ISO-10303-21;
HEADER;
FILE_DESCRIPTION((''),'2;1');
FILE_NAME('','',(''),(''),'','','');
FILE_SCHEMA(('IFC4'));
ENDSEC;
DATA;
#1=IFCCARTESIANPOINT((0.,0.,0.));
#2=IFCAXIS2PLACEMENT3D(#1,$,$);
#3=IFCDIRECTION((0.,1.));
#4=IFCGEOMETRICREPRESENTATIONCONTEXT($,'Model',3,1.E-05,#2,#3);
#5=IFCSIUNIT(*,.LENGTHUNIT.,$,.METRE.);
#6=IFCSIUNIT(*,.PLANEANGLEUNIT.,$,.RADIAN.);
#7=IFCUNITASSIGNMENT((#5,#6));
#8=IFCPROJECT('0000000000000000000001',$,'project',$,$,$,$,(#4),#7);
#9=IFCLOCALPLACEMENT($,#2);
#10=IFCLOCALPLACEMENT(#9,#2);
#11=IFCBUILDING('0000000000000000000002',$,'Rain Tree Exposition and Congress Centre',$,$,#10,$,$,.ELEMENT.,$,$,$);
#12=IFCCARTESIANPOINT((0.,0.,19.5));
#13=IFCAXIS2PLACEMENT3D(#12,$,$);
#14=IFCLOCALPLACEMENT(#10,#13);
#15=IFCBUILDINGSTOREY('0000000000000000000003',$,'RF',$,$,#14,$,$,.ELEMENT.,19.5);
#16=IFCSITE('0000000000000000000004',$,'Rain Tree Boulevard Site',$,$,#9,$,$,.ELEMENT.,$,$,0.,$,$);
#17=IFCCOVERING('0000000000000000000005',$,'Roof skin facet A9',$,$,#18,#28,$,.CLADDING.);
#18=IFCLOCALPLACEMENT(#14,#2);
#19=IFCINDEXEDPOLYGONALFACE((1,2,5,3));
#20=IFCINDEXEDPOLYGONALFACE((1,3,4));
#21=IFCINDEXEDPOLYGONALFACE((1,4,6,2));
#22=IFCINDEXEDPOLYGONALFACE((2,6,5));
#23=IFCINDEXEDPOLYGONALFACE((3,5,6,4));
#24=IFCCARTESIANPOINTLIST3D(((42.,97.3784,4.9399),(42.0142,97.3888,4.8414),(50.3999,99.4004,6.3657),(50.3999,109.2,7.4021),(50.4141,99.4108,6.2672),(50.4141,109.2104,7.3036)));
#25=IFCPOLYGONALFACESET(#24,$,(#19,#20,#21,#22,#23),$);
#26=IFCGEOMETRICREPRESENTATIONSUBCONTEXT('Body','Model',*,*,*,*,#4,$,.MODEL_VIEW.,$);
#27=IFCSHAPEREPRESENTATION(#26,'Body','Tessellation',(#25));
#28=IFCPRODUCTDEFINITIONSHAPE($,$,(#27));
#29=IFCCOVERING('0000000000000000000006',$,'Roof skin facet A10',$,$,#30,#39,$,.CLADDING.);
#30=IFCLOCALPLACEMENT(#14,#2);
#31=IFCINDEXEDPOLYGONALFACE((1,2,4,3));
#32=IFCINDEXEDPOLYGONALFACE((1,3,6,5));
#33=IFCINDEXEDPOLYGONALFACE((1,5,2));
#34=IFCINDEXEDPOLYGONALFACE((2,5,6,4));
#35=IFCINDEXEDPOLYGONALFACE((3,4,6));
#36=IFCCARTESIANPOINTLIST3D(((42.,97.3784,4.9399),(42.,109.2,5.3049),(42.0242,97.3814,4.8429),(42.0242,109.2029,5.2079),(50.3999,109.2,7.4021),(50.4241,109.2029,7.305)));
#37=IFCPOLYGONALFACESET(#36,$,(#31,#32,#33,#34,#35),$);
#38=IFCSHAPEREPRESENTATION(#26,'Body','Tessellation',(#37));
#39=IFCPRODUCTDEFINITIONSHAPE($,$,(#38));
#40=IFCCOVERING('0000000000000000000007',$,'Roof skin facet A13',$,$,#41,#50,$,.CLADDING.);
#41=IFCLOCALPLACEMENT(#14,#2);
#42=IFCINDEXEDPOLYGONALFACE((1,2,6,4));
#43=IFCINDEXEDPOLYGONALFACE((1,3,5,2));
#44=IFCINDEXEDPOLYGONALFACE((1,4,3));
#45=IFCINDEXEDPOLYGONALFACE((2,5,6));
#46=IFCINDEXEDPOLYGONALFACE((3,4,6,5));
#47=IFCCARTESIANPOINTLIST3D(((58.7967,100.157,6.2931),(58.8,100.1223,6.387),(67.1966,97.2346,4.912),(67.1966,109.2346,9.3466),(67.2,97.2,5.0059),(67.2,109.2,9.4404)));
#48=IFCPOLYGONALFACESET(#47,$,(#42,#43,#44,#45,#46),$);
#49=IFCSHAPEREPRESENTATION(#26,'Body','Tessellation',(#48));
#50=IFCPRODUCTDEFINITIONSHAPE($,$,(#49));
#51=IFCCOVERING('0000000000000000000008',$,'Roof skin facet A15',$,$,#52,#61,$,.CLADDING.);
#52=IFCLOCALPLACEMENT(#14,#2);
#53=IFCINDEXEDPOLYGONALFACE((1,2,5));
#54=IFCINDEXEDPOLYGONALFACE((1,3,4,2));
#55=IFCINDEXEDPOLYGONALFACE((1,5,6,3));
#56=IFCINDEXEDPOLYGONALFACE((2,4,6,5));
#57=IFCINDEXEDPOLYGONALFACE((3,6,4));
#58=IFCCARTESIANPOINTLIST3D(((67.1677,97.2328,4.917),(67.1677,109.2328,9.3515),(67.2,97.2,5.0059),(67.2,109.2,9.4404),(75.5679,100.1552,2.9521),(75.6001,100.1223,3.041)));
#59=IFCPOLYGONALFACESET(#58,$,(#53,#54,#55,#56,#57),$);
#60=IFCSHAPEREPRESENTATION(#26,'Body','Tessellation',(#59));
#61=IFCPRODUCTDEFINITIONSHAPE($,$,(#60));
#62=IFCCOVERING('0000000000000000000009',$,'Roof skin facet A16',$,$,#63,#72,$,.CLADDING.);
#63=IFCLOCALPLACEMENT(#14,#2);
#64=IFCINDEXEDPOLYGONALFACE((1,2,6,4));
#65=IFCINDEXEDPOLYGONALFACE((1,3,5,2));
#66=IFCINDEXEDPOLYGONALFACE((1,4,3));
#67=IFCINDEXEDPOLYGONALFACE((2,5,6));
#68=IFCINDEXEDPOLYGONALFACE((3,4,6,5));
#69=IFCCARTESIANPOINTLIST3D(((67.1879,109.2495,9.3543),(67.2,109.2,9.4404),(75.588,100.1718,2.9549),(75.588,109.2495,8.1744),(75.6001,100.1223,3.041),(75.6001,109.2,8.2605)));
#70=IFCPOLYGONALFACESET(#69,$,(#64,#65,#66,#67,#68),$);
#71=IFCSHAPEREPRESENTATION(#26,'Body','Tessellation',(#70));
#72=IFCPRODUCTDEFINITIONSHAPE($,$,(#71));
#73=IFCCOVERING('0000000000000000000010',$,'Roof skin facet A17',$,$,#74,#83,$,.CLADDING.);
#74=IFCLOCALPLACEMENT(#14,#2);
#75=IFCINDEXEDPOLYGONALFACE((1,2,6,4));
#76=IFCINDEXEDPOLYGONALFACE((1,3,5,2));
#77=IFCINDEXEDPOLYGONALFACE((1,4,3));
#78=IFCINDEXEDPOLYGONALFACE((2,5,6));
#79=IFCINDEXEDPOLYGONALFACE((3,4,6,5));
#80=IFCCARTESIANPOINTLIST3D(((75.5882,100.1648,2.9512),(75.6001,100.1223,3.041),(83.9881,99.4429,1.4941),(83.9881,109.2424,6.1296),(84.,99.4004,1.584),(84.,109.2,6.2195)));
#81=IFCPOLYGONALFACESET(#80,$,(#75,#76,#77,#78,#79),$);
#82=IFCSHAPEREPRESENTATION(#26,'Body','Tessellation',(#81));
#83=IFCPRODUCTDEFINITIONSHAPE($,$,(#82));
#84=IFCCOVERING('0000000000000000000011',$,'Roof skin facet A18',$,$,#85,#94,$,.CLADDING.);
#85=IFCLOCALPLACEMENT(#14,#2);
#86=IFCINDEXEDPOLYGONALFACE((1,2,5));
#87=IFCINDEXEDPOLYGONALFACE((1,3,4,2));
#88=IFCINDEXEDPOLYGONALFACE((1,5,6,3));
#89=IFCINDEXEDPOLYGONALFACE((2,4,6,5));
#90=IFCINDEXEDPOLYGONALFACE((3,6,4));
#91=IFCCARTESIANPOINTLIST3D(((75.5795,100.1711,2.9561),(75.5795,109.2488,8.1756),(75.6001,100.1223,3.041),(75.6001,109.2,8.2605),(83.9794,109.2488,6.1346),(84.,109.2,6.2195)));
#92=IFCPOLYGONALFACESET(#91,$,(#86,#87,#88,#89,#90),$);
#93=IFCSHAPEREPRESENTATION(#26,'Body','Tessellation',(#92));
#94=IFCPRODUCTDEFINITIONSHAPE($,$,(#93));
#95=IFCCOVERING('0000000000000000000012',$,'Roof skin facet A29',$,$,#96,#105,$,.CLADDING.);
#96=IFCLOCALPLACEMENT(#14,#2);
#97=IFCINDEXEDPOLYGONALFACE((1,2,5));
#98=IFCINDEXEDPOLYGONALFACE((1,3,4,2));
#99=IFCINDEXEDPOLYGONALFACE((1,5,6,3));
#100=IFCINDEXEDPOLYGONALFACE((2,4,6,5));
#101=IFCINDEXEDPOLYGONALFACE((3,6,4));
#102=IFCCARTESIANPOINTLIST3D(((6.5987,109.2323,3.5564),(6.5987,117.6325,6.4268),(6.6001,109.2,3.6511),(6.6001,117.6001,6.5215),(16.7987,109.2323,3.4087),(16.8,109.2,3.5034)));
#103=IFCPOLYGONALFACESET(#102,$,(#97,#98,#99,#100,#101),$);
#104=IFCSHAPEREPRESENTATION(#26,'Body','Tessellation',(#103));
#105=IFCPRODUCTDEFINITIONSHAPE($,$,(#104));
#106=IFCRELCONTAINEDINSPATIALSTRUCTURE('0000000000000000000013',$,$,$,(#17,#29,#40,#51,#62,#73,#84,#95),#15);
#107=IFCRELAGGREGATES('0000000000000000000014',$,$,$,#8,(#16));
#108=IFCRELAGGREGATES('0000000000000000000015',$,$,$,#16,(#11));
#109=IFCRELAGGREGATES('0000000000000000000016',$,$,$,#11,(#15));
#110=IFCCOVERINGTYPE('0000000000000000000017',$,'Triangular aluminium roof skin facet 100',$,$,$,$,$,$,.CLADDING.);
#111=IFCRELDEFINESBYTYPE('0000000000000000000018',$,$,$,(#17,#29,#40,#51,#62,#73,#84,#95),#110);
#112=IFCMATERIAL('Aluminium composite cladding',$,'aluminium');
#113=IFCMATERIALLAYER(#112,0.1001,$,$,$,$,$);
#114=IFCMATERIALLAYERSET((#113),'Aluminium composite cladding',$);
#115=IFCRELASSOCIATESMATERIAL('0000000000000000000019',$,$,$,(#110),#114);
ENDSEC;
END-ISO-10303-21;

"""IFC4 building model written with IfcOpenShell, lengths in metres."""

from ifc_helpers import new_model, si_unit, direction, frame, origin, place, context, subcontext, project, spatial, polyline, outline, extrude, material, layer, layer_set, type_object, element, save


model = new_model("IFC4")

# Units and contexts
model_context = context("Model", 3, precision=1e-05, world=origin(), true_north=direction((0.0, 1.0)))
body_context = subcontext(model_context, "Body", "Model", "MODEL_VIEW")
ifc_project = project(units=[si_unit("LENGTHUNIT", "METRE"), si_unit("PLANEANGLEUNIT", "RADIAN")], contexts=[model_context])

# Site, building, storey
site_placement = place(None, origin())
site = spatial("IfcSite", under=ifc_project, at=site_placement, Name="Rain Tree Boulevard Site", CompositionType="ELEMENT", RefElevation=0.0)
building_placement = place(site_placement, origin())
building = spatial("IfcBuilding", under=site, at=building_placement, Name="Rain Tree Exposition and Congress Centre", CompositionType="ELEMENT")
storey_placement = place(building_placement, frame((0.0, 0.0, 19.5)))
storey = spatial("IfcBuildingStorey", under=building, at=storey_placement, Name="RF", CompositionType="ELEMENT", Elevation=19.5)

# Coverings
ifc_material_1 = material(Name="Aluminium composite cladding", Category="aluminium")
ifc_layer_1 = layer(ifc_material_1, 0.1001)
ifc_layer_set_1 = layer_set([ifc_layer_1], Name="Aluminium composite cladding")
covering_type = type_object("IfcCoveringType", Name="Triangular aluminium roof skin facet 100", PredefinedType="CLADDING", material=ifc_layer_set_1)
covering_1_placement = place(storey_placement, frame((42.0, 97.3784, 4.9399), z_axis=(-0.142026, -0.104105, 0.984373), x_axis=(0.959256, 0.230906, 0.162822)))
element("IfcCovering", 1, at=covering_1_placement, inside=storey, type_object=covering_type, Name="Roof skin facet A9", PredefinedType="CLADDING", context=body_context, shape_type="SweptSolid", body=[
    extrude(outline(polyline([(0.0, 0.0), (8.7567, 0.0), (11.1882, 9.5495), (0.0, 0.0)])), origin(), (0.0, 0.0, -1.0), 0.1001),
])
covering_2_placement = place(storey_placement, frame((42.0, 97.3784, 4.9399), z_axis=(-0.242122, -0.029942, 0.969784), x_axis=(0.571053, 0.803667, 0.167386)))
element("IfcCovering", 2, at=covering_2_placement, inside=storey, type_object=covering_type, Name="Roof skin facet A10", PredefinedType="CLADDING", context=body_context, shape_type="SweptSolid", body=[
    extrude(outline(polyline([(0.0, 0.0), (14.7095, 0.0), (9.5617, 6.9611), (0.0, 0.0)])), origin(), (0.0, 0.0, -1.0), 0.1001),
])
covering_3_placement = place(storey_placement, frame((58.8, 100.1223, 6.387), z_axis=(0.03361, -0.34644, 0.93747), x_axis=(0.933288, -0.324695, -0.15345)))
element("IfcCovering", 3, at=covering_3_placement, inside=storey, type_object=covering_type, Name="Roof skin facet A13", PredefinedType="CLADDING", context=body_context, shape_type="SweptSolid", body=[
    extrude(outline(polyline([(0.0, 0.0), (9.0003, 0.0), (4.4235, 11.9465), (0.0, 0.0)])), origin(), (0.0, 0.0, -1.0), 0.1001),
])
covering_4_placement = place(storey_placement, frame((67.2, 97.2, 5.0059), z_axis=(0.3219, -0.328185, 0.888074), x_axis=(0.92224, 0.320842, -0.215717)))
element("IfcCovering", 4, at=covering_4_placement, inside=storey, type_object=covering_type, Name="Roof skin facet A15", PredefinedType="CLADDING", context=body_context, shape_type="SweptSolid", body=[
    extrude(outline(polyline([(0.0, 0.0), (9.1084, 0.0), (2.8935, 12.4617), (0.0, 0.0)])), origin(), (0.0, 0.0, -1.0), 0.1001),
])
covering_5_placement = place(storey_placement, frame((75.6001, 100.1223, 3.041), z_axis=(0.120879, -0.494805, 0.860556), x_axis=(0.0, 0.866913, 0.49846)))
element("IfcCovering", 5, at=covering_5_placement, inside=storey, type_object=covering_type, Name="Roof skin facet A16", PredefinedType="CLADDING", context=body_context, shape_type="SweptSolid", body=[
    extrude(outline(polyline([(0.0, 0.0), (10.4712, 0.0), (11.0594, 8.4622), (0.0, 0.0)])), origin(), (0.0, 0.0, -1.0), 0.1001),
])
covering_6_placement = place(storey_placement, frame((75.6001, 100.1223, 3.041), z_axis=(0.119194, -0.424556, 0.897522), x_axis=(0.981774, -0.084378, -0.170297)))
element("IfcCovering", 6, at=covering_6_placement, inside=storey, type_object=covering_type, Name="Roof skin facet A17", PredefinedType="CLADDING", context=body_context, shape_type="SweptSolid", body=[
    extrude(outline(polyline([(0.0, 0.0), (8.5558, 0.0), (6.9396, 10.7195), (0.0, 0.0)])), origin(), (0.0, 0.0, -1.0), 0.1001),
])
covering_7_placement = place(storey_placement, frame((75.6001, 100.1223, 3.041), z_axis=(0.20612, -0.487756, 0.848297), x_axis=(0.657801, 0.710875, 0.248907)))
element("IfcCovering", 7, at=covering_7_placement, inside=storey, type_object=covering_type, Name="Roof skin facet A18", PredefinedType="CLADDING", context=body_context, shape_type="SweptSolid", body=[
    extrude(outline(polyline([(0.0, 0.0), (12.7697, 0.0), (7.7522, 7.0391), (0.0, 0.0)])), origin(), (0.0, 0.0, -1.0), 0.1001),
])
covering_8_placement = place(storey_placement, frame((6.6001, 109.2, 3.6511), z_axis=(0.013702, -0.323317, 0.946191), x_axis=(0.999895, 0.0, -0.014479)))
element("IfcCovering", 8, at=covering_8_placement, inside=storey, type_object=covering_type, Name="Roof skin facet A29", PredefinedType="CLADDING", context=body_context, shape_type="SweptSolid", body=[
    extrude(outline(polyline([(0.0, 0.0), (10.201, 0.0), (-0.0416, 8.8769), (0.0, 0.0)])), origin(), (0.0, 0.0, -1.0), 0.1001),
])

save(model, "model.ifc")
